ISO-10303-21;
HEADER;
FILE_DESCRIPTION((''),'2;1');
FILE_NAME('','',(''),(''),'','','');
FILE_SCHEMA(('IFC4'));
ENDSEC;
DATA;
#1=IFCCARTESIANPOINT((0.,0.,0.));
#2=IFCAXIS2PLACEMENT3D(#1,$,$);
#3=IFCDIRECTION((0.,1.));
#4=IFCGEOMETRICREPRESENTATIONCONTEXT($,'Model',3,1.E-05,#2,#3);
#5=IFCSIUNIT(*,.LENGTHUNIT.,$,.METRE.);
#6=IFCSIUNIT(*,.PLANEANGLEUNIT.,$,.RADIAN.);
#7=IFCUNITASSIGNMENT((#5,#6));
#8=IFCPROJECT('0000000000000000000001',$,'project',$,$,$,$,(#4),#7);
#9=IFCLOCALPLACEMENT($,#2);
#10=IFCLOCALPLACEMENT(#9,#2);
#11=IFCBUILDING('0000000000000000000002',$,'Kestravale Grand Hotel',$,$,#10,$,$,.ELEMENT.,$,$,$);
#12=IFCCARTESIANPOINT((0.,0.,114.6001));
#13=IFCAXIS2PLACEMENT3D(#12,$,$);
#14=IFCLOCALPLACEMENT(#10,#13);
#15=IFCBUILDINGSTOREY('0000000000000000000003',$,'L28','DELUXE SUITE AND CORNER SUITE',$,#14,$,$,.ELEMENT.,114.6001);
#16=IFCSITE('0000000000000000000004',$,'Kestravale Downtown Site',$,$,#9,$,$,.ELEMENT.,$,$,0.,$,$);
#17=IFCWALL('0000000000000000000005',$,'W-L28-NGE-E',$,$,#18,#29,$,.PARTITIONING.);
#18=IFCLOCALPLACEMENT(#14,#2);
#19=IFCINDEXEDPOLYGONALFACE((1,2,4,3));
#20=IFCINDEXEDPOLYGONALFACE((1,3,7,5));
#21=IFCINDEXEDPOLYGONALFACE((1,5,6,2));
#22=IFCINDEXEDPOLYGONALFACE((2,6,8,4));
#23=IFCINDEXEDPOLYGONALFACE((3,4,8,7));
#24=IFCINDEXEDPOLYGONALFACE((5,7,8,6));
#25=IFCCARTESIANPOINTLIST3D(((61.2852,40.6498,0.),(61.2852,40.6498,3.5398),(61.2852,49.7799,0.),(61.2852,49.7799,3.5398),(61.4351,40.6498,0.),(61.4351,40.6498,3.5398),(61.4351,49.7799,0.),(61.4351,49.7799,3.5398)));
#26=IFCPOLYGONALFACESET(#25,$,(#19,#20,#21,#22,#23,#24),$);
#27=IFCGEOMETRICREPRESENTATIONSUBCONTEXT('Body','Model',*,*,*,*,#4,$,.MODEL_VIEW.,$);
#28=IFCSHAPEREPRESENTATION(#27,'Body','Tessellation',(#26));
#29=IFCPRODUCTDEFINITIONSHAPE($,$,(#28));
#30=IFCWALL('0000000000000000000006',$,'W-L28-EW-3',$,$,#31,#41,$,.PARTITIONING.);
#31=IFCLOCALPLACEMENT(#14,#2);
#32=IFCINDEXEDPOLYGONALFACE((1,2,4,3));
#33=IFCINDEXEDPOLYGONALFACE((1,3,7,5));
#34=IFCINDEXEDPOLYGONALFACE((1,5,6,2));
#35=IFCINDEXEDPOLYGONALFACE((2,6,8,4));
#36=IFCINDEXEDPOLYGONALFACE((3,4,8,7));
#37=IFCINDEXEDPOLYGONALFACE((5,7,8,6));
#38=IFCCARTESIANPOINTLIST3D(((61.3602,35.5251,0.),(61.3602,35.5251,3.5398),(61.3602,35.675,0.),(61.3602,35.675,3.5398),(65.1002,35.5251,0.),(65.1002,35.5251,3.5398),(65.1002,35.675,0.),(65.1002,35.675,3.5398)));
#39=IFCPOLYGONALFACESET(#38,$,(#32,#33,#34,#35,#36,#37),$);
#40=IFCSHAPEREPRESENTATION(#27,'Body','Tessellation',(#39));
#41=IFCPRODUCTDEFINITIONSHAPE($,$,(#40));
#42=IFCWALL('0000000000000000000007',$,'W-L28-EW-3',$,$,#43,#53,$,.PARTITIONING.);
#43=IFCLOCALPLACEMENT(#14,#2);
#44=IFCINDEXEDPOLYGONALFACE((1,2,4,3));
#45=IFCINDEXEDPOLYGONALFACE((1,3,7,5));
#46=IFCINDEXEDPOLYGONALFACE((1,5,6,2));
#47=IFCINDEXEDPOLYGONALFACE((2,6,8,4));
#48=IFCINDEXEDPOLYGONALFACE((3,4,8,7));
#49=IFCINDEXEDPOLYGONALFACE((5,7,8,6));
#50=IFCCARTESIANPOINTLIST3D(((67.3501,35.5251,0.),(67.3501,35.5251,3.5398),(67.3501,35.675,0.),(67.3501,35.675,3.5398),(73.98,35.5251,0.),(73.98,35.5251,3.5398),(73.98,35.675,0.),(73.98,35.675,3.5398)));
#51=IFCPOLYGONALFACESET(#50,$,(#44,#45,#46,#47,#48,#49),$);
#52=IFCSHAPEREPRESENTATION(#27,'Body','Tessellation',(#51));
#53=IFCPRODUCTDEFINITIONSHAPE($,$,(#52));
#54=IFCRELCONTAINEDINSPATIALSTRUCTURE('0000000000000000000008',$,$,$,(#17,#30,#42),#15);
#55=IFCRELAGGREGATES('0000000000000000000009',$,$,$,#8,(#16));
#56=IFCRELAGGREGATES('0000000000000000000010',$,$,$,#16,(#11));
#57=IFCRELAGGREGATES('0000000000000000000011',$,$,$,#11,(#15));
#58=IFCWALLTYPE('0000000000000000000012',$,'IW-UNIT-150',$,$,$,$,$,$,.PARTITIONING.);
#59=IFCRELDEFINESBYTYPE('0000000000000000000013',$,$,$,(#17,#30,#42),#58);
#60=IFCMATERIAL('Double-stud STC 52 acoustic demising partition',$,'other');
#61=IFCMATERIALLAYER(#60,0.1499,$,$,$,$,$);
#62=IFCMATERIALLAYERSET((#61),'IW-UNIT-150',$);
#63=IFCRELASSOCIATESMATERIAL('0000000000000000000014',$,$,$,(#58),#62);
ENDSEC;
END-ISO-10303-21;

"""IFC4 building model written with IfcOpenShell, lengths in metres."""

from ifc_helpers import new_model, si_unit, direction, frame, frame_2d, origin, place, context, subcontext, project, spatial, rectangle, extrude, material, layer, layer_set, type_object, element, save


model = new_model("IFC4")

# Units and contexts
model_context = context("Model", 3, precision=1e-05, world=origin(), true_north=direction((0.0, 1.0)))
body_context = subcontext(model_context, "Body", "Model", "MODEL_VIEW")
ifc_project = project(units=[si_unit("LENGTHUNIT", "METRE"), si_unit("PLANEANGLEUNIT", "RADIAN")], contexts=[model_context])

# Site, building, storey
site_placement = place(None, origin())
site = spatial("IfcSite", under=ifc_project, at=site_placement, Name="Kestravale Downtown Site", CompositionType="ELEMENT", RefElevation=0.0)
building_placement = place(site_placement, origin())
building = spatial("IfcBuilding", under=site, at=building_placement, Name="Kestravale Grand Hotel", CompositionType="ELEMENT")
storey_placement = place(building_placement, frame((0.0, 0.0, 114.6001)))
storey = spatial("IfcBuildingStorey", under=building, at=storey_placement, Name="L28", Description="DELUXE SUITE AND CORNER SUITE", CompositionType="ELEMENT", Elevation=114.6001)

# Walls
ifc_material_1 = material(Name="Double-stud STC 52 acoustic demising partition", Category="other")
ifc_layer_1 = layer(ifc_material_1, 0.1499)
ifc_layer_set_1 = layer_set([ifc_layer_1], Name="IW-UNIT-150")
wall_type_1 = type_object("IfcWallType", Name="IW-UNIT-150", PredefinedType="PARTITIONING", material=ifc_layer_set_1)
wall_1_placement = place(storey_placement, frame((61.3601, 40.6499, 0.0), z_axis=(0.0, 0.0, 1.0), x_axis=(0.0, 1.0, 0.0)))
element("IfcWall", 1, at=wall_1_placement, inside=storey, type_object=wall_type_1, Name="W-L28-NGE-E", PredefinedType="PARTITIONING", context=body_context, shape_type="SweptSolid", body=[
    extrude(rectangle(XDim=9.1301, YDim=0.1499, at=frame_2d((4.5649, 0.0))), origin(), (0.0, 0.0, 1.0), 3.5398),
])
wall_2_placement = place(storey_placement, frame((61.3601, 35.6001, 0.0), z_axis=(0.0, 0.0, 1.0), x_axis=(1.0, 0.0, 0.0)))
element("IfcWall", 2, at=wall_2_placement, inside=storey, type_object=wall_type_1, Name="W-L28-EW-3", PredefinedType="PARTITIONING", context=body_context, shape_type="SweptSolid", body=[
    extrude(rectangle(XDim=3.74, YDim=0.1499, at=frame_2d((1.8701, 0.0))), origin(), (0.0, 0.0, 1.0), 3.5398),
])
wall_3_placement = place(storey_placement, frame((67.3501, 35.6001, 0.0), z_axis=(0.0, 0.0, 1.0), x_axis=(1.0, 0.0, 0.0)))
element("IfcWall", 3, at=wall_3_placement, inside=storey, type_object=wall_type_1, Name="W-L28-EW-3", PredefinedType="PARTITIONING", context=body_context, shape_type="SweptSolid", body=[
    extrude(rectangle(XDim=6.6299, YDim=0.1499, at=frame_2d((3.3149, 0.0))), origin(), (0.0, 0.0, 1.0), 3.5398),
])

save(model, "model.ifc")
